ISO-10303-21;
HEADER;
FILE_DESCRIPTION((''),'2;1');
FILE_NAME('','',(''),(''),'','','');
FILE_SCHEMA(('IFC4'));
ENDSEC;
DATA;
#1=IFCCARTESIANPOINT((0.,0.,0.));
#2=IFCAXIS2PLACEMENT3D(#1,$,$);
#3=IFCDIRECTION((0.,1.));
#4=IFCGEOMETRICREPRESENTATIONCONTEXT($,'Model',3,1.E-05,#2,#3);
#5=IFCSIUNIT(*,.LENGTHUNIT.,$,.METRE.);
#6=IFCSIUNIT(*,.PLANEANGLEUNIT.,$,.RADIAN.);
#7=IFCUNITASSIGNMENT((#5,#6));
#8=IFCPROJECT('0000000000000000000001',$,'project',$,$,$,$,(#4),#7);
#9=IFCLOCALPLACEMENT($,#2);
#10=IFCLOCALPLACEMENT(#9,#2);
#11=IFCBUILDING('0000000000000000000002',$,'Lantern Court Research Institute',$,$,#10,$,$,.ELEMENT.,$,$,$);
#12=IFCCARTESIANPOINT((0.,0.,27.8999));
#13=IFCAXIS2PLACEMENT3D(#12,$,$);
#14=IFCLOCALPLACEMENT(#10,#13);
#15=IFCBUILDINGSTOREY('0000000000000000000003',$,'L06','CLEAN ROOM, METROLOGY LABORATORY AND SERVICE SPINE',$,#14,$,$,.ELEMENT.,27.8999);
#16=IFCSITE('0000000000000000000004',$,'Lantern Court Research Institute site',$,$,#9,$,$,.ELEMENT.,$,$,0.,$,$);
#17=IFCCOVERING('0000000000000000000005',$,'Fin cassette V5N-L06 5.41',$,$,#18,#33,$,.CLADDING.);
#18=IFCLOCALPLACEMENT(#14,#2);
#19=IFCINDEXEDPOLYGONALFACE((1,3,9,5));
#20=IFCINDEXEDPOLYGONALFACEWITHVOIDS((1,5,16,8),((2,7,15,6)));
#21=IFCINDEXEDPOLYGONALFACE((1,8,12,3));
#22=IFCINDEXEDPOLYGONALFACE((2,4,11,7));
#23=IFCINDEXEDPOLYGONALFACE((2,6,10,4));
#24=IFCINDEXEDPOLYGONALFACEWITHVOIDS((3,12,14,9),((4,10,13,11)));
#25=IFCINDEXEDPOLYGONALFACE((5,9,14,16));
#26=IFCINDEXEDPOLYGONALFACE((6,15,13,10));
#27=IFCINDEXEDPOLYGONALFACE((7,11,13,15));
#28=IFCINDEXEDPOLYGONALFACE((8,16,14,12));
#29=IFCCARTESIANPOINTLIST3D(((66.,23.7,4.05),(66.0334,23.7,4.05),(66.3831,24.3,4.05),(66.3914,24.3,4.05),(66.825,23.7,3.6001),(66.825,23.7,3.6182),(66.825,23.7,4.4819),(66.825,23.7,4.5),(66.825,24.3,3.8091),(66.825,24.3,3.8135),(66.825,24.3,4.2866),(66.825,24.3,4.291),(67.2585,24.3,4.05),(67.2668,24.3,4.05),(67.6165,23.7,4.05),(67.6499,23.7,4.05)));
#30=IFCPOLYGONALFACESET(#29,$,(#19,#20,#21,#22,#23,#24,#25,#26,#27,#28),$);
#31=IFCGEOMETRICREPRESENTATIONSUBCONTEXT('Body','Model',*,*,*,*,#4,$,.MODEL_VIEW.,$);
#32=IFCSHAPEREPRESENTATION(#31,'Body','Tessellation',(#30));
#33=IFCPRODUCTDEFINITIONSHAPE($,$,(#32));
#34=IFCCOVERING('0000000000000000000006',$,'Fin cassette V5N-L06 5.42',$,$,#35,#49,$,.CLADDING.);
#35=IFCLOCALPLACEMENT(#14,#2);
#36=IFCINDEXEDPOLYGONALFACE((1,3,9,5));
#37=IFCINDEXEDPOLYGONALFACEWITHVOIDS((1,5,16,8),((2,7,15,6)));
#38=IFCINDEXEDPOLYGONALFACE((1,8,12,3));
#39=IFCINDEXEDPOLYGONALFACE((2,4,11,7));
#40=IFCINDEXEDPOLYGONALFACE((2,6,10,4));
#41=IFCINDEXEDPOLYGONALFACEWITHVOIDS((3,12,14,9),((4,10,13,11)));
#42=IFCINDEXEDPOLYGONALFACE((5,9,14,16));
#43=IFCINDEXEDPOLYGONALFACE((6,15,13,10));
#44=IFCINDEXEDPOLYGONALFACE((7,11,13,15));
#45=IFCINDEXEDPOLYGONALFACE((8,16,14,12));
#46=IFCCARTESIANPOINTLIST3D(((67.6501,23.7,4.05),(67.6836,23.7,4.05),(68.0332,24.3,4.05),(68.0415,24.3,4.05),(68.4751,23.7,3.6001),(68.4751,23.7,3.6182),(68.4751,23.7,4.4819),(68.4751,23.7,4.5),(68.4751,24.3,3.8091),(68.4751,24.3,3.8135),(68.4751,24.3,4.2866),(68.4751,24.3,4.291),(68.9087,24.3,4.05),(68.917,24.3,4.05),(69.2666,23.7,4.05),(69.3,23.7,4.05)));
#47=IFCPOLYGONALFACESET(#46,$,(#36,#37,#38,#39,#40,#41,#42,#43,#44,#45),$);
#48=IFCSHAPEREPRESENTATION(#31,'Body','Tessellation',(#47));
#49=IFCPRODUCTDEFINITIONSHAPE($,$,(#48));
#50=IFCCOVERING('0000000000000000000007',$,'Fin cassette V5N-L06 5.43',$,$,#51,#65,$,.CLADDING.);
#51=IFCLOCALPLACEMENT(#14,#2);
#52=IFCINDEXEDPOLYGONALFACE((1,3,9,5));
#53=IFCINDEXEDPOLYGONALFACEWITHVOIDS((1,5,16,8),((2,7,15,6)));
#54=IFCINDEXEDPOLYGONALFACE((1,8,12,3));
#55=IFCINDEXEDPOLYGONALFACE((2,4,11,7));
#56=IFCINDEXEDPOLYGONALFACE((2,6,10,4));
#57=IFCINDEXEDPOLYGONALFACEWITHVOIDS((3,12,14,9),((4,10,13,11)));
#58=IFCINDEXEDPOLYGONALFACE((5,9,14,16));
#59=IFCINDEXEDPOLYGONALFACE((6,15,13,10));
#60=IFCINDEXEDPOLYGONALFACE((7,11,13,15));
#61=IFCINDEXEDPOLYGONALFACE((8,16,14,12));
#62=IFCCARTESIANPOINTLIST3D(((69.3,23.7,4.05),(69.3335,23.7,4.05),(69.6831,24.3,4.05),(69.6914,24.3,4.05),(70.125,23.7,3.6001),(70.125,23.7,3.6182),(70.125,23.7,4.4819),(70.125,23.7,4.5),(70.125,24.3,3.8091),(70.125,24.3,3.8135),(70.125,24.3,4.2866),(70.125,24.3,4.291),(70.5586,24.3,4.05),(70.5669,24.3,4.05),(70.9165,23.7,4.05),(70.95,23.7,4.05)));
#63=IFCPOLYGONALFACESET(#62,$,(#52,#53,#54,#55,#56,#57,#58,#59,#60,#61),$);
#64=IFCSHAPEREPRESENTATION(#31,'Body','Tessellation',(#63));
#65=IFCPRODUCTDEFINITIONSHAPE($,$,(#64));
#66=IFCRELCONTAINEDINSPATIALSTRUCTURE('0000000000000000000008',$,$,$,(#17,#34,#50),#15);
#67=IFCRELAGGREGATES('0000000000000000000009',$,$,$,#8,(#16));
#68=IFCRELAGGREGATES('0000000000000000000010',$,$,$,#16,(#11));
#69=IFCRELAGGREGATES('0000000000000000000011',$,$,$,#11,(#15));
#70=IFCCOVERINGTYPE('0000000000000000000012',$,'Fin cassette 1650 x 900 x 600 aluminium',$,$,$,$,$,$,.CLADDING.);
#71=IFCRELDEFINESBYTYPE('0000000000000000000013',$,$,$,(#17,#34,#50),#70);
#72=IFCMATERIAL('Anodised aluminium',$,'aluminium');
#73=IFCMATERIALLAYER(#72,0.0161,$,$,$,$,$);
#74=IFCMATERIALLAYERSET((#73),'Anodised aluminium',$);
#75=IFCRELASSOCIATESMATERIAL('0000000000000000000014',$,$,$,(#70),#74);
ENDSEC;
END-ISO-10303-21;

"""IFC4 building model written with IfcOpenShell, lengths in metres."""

from ifc_helpers import new_model, entity, si_unit, direction, frame, origin, place, context, subcontext, project, spatial, material, layer, layer_set, type_object, element, save


model = new_model("IFC4")

# Units and contexts
model_context = context("Model", 3, precision=1e-05, world=origin(), true_north=direction((0.0, 1.0)))
body_context = subcontext(model_context, "Body", "Model", "MODEL_VIEW")
ifc_project = project(units=[si_unit("LENGTHUNIT", "METRE"), si_unit("PLANEANGLEUNIT", "RADIAN")], contexts=[model_context])

# Site, building, storey
site_placement = place(None, origin())
site = spatial("IfcSite", under=ifc_project, at=site_placement, Name="Lantern Court Research Institute site", CompositionType="ELEMENT", RefElevation=0.0)
building_placement = place(site_placement, origin())
building = spatial("IfcBuilding", under=site, at=building_placement, Name="Lantern Court Research Institute", CompositionType="ELEMENT")
storey_placement = place(building_placement, frame((0.0, 0.0, 27.8999)))
storey = spatial("IfcBuildingStorey", under=building, at=storey_placement, Name="L06", Description="CLEAN ROOM, METROLOGY LABORATORY AND SERVICE SPINE", CompositionType="ELEMENT", Elevation=27.8999)

# Coverings
ifc_material_1 = material(Name="Anodised aluminium", Category="aluminium")
ifc_layer_1 = layer(ifc_material_1, 0.0161)
ifc_layer_set_1 = layer_set([ifc_layer_1], Name="Anodised aluminium")
covering_type = type_object("IfcCoveringType", Name="Fin cassette 1650 x 900 x 600 aluminium", PredefinedType="CLADDING", material=ifc_layer_set_1)
covering_1_placement = place(storey_placement, frame((66.825, 23.7, 4.05), z_axis=(0.0, 1.0, 0.0), x_axis=(-1.0, 0.0, 0.0)))
cartesian_point_1 = entity("IfcCartesianPoint", [0.825, 0.0])
cartesian_point_2 = entity("IfcCartesianPoint", [0.7915, 0.0])
cartesian_point_3 = entity("IfcCartesianPoint", [0.4419, 0.0])
cartesian_point_4 = entity("IfcCartesianPoint", [0.4336, 0.0])
element("IfcCovering", 1, at=covering_1_placement, inside=storey, type_object=covering_type, Name="Fin cassette V5N-L06 5.41", PredefinedType="CLADDING", context=body_context, shape_type="SweptSolid", body=[
    entity("IfcExtrudedAreaSolidTapered", entity("IfcArbitraryProfileDefWithVoids", "AREA", None, entity("IfcPolyline", [cartesian_point_1, entity("IfcCartesianPoint", [0.0, 0.45]), entity("IfcCartesianPoint", [-0.825, 0.0]), entity("IfcCartesianPoint", [0.0, -0.45]), cartesian_point_1]), [entity("IfcPolyline", [cartesian_point_2, entity("IfcCartesianPoint", [0.0, 0.4319]), entity("IfcCartesianPoint", [-0.7915, 0.0]), entity("IfcCartesianPoint", [0.0, -0.4319]), cartesian_point_2])]), entity("IfcAxis2Placement3D", entity("IfcCartesianPoint", [0.0, 0.0, 0.0])), entity("IfcDirection", [0.0, 0.0, 1.0]), 0.6001, entity("IfcArbitraryProfileDefWithVoids", "AREA", None, entity("IfcPolyline", [cartesian_point_3, entity("IfcCartesianPoint", [0.0, 0.241]), entity("IfcCartesianPoint", [-0.4419, 0.0]), entity("IfcCartesianPoint", [0.0, -0.241]), cartesian_point_3]), [entity("IfcPolyline", [cartesian_point_4, entity("IfcCartesianPoint", [0.0, 0.2366]), entity("IfcCartesianPoint", [-0.4336, 0.0]), entity("IfcCartesianPoint", [0.0, -0.2366]), cartesian_point_4])])),
])
covering_2_placement = place(storey_placement, frame((68.4751, 23.7, 4.05), z_axis=(0.0, 1.0, 0.0), x_axis=(-1.0, 0.0, 0.0)))
cartesian_point_5 = entity("IfcCartesianPoint", [0.825, 0.0])
cartesian_point_6 = entity("IfcCartesianPoint", [0.7915, 0.0])
cartesian_point_7 = entity("IfcCartesianPoint", [0.4419, 0.0])
cartesian_point_8 = entity("IfcCartesianPoint", [0.4336, 0.0])
element("IfcCovering", 2, at=covering_2_placement, inside=storey, type_object=covering_type, Name="Fin cassette V5N-L06 5.42", PredefinedType="CLADDING", context=body_context, shape_type="SweptSolid", body=[
    entity("IfcExtrudedAreaSolidTapered", entity("IfcArbitraryProfileDefWithVoids", "AREA", None, entity("IfcPolyline", [cartesian_point_5, entity("IfcCartesianPoint", [0.0, 0.45]), entity("IfcCartesianPoint", [-0.825, 0.0]), entity("IfcCartesianPoint", [0.0, -0.45]), cartesian_point_5]), [entity("IfcPolyline", [cartesian_point_6, entity("IfcCartesianPoint", [0.0, 0.4319]), entity("IfcCartesianPoint", [-0.7915, 0.0]), entity("IfcCartesianPoint", [0.0, -0.4319]), cartesian_point_6])]), entity("IfcAxis2Placement3D", entity("IfcCartesianPoint", [0.0, 0.0, 0.0])), entity("IfcDirection", [0.0, 0.0, 1.0]), 0.6001, entity("IfcArbitraryProfileDefWithVoids", "AREA", None, entity("IfcPolyline", [cartesian_point_7, entity("IfcCartesianPoint", [0.0, 0.241]), entity("IfcCartesianPoint", [-0.4419, 0.0]), entity("IfcCartesianPoint", [0.0, -0.241]), cartesian_point_7]), [entity("IfcPolyline", [cartesian_point_8, entity("IfcCartesianPoint", [0.0, 0.2366]), entity("IfcCartesianPoint", [-0.4336, 0.0]), entity("IfcCartesianPoint", [0.0, -0.2366]), cartesian_point_8])])),
])
covering_3_placement = place(storey_placement, frame((70.125, 23.7, 4.05), z_axis=(0.0, 1.0, 0.0), x_axis=(-1.0, 0.0, 0.0)))
cartesian_point_9 = entity("IfcCartesianPoint", [0.825, 0.0])
cartesian_point_10 = entity("IfcCartesianPoint", [0.7915, 0.0])
cartesian_point_11 = entity("IfcCartesianPoint", [0.4419, 0.0])
cartesian_point_12 = entity("IfcCartesianPoint", [0.4336, 0.0])
element("IfcCovering", 3, at=covering_3_placement, inside=storey, type_object=covering_type, Name="Fin cassette V5N-L06 5.43", PredefinedType="CLADDING", context=body_context, shape_type="SweptSolid", body=[
    entity("IfcExtrudedAreaSolidTapered", entity("IfcArbitraryProfileDefWithVoids", "AREA", None, entity("IfcPolyline", [cartesian_point_9, entity("IfcCartesianPoint", [0.0, 0.45]), entity("IfcCartesianPoint", [-0.825, 0.0]), entity("IfcCartesianPoint", [0.0, -0.45]), cartesian_point_9]), [entity("IfcPolyline", [cartesian_point_10, entity("IfcCartesianPoint", [0.0, 0.4319]), entity("IfcCartesianPoint", [-0.7915, 0.0]), entity("IfcCartesianPoint", [0.0, -0.4319]), cartesian_point_10])]), entity("IfcAxis2Placement3D", entity("IfcCartesianPoint", [0.0, 0.0, 0.0])), entity("IfcDirection", [0.0, 0.0, 1.0]), 0.6001, entity("IfcArbitraryProfileDefWithVoids", "AREA", None, entity("IfcPolyline", [cartesian_point_11, entity("IfcCartesianPoint", [0.0, 0.241]), entity("IfcCartesianPoint", [-0.4419, 0.0]), entity("IfcCartesianPoint", [0.0, -0.241]), cartesian_point_11]), [entity("IfcPolyline", [cartesian_point_12, entity("IfcCartesianPoint", [0.0, 0.2366]), entity("IfcCartesianPoint", [-0.4336, 0.0]), entity("IfcCartesianPoint", [0.0, -0.2366]), cartesian_point_12])])),
])

save(model, "model.ifc")
